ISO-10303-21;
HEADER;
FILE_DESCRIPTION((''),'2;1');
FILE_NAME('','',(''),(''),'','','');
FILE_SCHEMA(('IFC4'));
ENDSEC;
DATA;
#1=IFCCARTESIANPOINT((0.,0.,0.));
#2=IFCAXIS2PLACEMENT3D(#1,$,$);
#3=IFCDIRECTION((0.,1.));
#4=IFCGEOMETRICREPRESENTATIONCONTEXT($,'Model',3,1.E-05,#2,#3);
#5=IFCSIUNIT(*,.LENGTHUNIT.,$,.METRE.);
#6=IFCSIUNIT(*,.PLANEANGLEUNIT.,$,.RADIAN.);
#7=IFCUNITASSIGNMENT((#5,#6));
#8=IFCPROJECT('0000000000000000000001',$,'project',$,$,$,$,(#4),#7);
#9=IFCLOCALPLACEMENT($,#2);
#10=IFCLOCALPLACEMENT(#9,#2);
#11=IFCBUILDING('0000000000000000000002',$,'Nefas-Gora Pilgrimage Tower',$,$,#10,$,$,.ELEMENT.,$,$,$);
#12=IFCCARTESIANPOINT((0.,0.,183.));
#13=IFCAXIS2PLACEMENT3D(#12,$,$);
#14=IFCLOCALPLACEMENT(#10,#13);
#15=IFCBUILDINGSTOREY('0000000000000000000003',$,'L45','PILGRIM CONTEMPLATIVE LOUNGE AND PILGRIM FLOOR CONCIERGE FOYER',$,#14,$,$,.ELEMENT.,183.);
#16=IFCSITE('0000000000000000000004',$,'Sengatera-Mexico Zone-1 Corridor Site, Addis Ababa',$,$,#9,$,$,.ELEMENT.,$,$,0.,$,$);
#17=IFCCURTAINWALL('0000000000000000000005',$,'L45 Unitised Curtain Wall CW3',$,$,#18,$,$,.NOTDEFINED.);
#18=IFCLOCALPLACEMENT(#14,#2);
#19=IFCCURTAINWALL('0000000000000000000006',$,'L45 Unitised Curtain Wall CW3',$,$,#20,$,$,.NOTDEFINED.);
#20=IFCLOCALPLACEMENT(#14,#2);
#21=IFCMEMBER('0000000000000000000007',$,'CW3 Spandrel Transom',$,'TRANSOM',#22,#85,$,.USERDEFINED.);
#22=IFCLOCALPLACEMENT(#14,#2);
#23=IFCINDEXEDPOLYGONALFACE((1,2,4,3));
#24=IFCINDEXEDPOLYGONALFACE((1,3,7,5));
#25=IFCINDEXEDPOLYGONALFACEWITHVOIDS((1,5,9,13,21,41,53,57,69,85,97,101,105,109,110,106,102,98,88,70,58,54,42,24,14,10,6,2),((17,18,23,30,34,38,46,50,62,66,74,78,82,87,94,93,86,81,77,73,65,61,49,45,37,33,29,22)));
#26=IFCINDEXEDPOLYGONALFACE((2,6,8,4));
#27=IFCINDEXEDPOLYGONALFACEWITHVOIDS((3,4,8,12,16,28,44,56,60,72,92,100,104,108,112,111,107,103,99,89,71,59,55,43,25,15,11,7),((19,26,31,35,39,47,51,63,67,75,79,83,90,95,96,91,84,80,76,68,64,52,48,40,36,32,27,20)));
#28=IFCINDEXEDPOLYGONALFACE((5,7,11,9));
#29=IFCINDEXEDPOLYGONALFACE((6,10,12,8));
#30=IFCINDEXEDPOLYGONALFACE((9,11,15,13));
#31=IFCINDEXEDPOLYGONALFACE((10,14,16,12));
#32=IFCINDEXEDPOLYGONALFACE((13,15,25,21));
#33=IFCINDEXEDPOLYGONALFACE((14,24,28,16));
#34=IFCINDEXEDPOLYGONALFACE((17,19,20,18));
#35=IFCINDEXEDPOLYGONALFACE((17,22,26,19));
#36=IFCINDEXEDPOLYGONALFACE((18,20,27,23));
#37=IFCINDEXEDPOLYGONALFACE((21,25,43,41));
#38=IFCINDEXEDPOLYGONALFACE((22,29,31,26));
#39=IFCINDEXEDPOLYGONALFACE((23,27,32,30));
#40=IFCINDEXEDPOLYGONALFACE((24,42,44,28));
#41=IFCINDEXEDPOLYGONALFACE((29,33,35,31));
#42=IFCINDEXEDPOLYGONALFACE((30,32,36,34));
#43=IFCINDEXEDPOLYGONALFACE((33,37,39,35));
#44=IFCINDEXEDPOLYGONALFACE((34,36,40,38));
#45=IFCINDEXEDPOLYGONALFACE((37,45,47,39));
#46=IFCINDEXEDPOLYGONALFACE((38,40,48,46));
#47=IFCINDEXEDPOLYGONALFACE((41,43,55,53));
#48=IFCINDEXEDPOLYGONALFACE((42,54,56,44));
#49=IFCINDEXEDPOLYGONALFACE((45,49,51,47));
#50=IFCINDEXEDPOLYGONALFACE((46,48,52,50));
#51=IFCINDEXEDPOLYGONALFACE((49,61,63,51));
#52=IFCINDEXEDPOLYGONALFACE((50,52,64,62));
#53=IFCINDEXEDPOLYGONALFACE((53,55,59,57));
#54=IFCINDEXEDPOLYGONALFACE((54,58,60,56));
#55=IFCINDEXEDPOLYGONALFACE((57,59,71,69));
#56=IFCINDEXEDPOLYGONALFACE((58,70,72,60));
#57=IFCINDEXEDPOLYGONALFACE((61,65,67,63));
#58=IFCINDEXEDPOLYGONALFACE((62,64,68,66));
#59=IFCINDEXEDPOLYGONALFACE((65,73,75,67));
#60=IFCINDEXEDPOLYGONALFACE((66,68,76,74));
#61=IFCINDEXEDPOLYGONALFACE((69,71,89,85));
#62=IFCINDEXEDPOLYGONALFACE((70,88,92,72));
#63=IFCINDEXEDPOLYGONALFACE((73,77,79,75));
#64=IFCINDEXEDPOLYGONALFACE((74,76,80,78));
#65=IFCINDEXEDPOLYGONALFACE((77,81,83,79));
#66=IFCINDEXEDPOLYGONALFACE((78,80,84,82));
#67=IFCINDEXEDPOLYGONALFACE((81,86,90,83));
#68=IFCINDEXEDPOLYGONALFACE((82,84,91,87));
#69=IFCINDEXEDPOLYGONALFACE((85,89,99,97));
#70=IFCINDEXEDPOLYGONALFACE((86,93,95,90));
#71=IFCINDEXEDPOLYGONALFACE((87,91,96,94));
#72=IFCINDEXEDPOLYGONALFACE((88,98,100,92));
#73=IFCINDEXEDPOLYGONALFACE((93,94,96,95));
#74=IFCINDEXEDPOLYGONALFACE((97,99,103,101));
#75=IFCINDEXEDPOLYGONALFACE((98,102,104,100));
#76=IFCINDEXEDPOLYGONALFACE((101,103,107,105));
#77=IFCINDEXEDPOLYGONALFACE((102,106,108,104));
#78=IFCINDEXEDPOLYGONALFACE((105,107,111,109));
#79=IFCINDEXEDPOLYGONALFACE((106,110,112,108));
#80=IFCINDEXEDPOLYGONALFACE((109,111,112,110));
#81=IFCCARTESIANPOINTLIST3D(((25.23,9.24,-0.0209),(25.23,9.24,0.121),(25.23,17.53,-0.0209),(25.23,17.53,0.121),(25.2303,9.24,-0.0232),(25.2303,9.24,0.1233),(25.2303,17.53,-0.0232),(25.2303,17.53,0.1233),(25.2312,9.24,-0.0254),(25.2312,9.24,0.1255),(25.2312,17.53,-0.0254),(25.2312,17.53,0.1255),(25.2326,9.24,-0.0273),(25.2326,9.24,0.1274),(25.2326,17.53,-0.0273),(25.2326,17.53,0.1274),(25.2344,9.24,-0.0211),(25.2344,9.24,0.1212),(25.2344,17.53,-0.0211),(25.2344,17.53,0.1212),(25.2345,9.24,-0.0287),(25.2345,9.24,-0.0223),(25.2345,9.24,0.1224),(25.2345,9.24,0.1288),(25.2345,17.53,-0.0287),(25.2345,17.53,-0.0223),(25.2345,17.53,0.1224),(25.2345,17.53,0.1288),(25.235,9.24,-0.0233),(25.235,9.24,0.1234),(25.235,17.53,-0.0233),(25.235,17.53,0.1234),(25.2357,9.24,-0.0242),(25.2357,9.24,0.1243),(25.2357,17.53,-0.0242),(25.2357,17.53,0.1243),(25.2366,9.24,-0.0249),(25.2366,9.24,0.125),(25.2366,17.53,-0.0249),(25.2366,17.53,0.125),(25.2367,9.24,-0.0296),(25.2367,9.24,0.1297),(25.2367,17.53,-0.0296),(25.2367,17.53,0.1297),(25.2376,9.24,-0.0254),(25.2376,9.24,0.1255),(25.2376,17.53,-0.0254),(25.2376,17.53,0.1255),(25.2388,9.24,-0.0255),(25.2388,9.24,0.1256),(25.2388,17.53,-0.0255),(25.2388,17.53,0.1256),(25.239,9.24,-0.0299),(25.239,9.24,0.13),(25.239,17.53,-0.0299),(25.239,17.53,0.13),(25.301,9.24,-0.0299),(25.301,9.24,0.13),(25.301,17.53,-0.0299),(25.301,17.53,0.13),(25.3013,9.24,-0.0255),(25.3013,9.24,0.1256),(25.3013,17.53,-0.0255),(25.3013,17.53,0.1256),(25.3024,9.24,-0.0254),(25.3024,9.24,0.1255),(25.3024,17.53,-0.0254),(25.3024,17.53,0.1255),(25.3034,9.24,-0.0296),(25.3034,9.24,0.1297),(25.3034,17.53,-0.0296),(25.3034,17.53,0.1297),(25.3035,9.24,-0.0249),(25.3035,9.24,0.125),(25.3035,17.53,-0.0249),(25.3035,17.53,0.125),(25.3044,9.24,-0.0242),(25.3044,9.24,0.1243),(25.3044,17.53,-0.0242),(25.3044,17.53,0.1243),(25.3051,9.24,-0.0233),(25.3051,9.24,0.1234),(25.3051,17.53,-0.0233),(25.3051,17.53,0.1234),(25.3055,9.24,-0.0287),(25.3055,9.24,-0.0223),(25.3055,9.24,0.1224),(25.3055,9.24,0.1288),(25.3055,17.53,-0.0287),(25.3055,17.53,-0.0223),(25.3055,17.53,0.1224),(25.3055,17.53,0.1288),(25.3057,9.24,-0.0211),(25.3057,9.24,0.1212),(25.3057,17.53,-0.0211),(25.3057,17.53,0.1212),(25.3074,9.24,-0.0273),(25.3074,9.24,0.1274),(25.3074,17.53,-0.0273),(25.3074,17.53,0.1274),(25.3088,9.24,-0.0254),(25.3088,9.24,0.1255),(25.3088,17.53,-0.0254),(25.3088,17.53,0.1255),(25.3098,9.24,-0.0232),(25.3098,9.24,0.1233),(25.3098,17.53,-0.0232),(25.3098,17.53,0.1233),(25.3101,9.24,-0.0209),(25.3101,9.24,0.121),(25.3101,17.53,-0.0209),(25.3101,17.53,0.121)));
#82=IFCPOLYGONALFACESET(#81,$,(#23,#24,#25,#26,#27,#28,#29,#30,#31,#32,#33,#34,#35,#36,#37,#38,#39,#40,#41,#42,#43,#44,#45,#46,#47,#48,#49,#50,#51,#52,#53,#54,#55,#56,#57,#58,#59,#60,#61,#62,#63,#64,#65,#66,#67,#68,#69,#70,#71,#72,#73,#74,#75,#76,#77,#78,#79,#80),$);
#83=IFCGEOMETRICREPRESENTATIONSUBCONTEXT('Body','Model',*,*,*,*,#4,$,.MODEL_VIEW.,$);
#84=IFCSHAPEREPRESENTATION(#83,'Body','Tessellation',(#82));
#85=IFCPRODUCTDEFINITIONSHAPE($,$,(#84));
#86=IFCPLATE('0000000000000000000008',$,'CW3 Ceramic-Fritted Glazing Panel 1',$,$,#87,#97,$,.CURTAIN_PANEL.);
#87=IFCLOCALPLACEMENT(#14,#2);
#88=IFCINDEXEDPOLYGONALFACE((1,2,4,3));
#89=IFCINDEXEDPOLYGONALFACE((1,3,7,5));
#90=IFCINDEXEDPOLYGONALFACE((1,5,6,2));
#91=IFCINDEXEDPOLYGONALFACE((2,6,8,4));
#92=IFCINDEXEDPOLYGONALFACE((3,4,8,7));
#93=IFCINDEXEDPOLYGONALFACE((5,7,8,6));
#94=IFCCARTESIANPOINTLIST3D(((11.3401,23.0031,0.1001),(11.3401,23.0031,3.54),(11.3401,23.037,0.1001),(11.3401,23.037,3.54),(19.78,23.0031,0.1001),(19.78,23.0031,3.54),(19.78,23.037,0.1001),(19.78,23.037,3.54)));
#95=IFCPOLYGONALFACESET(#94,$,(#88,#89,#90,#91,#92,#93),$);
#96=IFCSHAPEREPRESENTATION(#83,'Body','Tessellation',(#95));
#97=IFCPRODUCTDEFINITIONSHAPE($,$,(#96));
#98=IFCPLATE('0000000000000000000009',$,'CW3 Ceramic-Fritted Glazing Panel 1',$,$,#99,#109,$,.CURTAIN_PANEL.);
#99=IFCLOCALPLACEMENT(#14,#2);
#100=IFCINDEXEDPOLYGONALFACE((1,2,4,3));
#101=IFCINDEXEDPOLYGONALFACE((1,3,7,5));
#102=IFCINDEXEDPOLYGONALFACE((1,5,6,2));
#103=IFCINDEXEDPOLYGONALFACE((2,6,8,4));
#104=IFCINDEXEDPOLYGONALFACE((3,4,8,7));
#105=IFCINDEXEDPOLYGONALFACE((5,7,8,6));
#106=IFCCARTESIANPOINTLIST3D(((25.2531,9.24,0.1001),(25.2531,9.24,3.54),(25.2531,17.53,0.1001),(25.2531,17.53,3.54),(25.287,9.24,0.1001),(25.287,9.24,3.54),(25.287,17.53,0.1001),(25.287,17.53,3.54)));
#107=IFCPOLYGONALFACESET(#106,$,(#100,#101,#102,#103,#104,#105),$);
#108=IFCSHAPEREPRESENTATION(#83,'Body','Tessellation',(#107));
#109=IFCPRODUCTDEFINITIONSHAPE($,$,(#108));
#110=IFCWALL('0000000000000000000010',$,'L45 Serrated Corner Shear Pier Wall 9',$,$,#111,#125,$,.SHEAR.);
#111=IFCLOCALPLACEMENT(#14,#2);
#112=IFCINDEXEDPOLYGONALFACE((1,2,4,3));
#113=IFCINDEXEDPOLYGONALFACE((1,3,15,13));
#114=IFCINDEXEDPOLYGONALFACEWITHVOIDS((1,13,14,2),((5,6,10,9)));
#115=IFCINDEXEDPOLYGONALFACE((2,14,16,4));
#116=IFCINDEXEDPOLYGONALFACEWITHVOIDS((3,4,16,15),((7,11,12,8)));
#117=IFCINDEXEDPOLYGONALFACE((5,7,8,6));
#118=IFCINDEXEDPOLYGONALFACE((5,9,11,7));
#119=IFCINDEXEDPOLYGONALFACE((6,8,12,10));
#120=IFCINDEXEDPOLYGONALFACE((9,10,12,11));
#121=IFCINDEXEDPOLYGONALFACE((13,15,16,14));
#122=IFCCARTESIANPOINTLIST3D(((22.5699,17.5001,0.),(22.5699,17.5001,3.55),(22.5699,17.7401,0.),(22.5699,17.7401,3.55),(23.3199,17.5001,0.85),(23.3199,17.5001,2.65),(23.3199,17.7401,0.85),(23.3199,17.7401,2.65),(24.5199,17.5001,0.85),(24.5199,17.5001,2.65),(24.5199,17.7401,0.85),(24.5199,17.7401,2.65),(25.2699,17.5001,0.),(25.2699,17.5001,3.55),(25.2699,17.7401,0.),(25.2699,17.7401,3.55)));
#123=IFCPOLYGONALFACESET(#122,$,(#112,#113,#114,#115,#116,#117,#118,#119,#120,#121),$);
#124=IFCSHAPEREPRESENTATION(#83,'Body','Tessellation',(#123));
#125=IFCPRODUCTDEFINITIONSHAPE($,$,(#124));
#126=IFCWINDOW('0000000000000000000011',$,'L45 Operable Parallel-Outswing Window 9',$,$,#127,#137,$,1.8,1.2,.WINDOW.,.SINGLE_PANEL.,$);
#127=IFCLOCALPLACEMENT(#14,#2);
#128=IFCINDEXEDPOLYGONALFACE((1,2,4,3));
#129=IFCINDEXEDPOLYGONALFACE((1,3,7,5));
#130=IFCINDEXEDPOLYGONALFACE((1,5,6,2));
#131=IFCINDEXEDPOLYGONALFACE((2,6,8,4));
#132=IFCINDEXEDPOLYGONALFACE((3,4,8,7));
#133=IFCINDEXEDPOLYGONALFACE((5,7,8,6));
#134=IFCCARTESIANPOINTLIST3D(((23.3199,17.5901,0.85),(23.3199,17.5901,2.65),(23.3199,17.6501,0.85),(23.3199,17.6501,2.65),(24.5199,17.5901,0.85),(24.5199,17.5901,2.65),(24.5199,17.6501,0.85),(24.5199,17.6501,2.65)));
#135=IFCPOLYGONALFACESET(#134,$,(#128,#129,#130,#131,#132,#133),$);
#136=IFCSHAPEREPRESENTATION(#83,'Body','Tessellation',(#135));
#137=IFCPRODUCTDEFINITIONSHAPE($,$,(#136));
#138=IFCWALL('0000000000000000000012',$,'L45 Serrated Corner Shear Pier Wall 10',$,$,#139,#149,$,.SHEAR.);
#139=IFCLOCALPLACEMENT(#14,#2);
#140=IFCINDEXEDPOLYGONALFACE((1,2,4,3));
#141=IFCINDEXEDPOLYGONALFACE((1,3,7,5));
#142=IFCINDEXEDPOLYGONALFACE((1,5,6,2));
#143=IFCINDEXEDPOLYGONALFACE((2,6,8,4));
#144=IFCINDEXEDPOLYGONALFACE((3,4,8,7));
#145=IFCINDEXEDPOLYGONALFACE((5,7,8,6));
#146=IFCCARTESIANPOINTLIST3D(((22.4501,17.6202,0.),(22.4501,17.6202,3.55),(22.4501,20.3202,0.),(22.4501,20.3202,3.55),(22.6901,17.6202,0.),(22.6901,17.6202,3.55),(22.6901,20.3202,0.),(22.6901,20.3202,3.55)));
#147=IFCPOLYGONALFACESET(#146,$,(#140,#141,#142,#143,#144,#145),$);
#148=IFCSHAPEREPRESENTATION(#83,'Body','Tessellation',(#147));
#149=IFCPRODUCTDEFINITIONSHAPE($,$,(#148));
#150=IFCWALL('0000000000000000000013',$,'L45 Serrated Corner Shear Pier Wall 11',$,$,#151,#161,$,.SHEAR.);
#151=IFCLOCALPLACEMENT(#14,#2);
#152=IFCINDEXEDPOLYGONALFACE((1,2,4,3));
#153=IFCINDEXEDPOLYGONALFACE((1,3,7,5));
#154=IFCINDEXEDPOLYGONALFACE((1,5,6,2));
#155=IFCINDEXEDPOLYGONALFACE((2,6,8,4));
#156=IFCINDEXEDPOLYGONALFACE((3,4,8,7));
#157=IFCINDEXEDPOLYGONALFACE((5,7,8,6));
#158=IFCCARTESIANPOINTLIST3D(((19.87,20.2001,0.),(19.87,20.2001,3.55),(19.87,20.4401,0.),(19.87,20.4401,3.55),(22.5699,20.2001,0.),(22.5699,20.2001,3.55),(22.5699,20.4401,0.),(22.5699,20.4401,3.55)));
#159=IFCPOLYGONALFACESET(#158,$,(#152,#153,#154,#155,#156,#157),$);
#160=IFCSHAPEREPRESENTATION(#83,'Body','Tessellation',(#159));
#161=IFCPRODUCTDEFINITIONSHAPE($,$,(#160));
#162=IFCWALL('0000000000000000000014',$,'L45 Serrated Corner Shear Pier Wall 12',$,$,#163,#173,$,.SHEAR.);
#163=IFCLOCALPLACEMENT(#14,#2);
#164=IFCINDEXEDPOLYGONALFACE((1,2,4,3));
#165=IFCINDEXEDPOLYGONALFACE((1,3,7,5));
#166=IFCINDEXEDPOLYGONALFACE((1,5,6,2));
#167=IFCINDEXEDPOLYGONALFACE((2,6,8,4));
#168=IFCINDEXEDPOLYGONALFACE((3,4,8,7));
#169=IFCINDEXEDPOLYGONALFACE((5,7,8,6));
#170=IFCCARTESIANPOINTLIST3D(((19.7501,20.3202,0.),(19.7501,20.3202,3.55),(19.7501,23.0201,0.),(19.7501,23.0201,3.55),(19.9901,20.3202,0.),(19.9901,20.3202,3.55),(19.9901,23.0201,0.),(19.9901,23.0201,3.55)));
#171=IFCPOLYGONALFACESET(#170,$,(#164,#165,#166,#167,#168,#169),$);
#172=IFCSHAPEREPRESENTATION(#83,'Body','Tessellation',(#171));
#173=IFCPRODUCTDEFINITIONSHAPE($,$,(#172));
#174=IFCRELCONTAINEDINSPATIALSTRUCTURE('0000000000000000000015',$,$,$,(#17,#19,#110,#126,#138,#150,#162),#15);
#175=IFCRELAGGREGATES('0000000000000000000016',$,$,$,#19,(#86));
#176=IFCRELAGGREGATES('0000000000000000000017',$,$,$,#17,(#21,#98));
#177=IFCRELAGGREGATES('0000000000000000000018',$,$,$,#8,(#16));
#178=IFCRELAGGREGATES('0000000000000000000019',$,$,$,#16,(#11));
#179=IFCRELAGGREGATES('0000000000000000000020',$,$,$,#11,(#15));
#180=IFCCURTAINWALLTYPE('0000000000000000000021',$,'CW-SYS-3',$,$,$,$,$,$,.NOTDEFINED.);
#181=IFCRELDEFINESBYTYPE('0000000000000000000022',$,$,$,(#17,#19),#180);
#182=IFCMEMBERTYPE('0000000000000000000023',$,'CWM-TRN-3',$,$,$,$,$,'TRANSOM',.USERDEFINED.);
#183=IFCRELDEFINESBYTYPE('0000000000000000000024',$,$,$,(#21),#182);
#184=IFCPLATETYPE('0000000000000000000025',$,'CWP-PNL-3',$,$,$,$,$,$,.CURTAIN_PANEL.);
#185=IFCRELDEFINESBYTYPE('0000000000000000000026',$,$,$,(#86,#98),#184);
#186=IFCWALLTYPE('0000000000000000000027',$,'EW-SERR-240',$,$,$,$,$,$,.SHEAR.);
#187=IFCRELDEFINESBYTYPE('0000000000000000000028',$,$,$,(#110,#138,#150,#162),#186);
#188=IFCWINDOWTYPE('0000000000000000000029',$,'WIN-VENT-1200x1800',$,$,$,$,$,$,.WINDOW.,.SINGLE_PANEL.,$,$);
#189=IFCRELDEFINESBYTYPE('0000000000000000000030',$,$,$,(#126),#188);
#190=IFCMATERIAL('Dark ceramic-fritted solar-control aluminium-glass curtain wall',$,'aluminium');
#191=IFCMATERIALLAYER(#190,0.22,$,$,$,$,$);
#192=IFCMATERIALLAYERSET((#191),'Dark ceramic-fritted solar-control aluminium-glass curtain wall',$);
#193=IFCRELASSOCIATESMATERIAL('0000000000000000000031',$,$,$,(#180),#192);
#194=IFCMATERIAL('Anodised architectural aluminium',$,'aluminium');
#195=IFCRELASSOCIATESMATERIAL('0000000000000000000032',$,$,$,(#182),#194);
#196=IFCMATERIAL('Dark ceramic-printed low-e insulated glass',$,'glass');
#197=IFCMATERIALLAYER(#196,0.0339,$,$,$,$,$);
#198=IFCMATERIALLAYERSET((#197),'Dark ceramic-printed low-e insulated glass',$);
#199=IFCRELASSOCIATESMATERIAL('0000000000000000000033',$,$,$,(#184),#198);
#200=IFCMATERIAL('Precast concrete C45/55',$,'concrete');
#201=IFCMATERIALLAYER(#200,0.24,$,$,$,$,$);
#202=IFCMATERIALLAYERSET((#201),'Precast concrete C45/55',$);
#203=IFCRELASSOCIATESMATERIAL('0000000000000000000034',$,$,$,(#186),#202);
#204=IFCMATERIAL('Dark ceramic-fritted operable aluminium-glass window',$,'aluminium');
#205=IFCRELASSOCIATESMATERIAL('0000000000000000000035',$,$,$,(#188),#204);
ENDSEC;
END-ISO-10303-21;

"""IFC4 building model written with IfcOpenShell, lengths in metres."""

from ifc_helpers import new_model, si_unit, direction, frame, frame_2d, origin, origin_2d, place, context, subcontext, project, spatial, rectangle, hollow_rectangle, extrude, source, transform, mapped, material, layer, layer_set, material_profile, profile_set, type_object, element, fill, aggregate, save


model = new_model("IFC4")

# Units and contexts
model_context = context("Model", 3, precision=1e-05, world=origin(), true_north=direction((0.0, 1.0)))
body_context = subcontext(model_context, "Body", "Model", "MODEL_VIEW")
ifc_project = project(units=[si_unit("LENGTHUNIT", "METRE"), si_unit("PLANEANGLEUNIT", "RADIAN")], contexts=[model_context])

# Site, building, storey
site_placement = place(None, origin())
site = spatial("IfcSite", under=ifc_project, at=site_placement, Name="Sengatera-Mexico Zone-1 Corridor Site, Addis Ababa", CompositionType="ELEMENT", RefElevation=0.0)
building_placement = place(site_placement, origin())
building = spatial("IfcBuilding", under=site, at=building_placement, Name="Nefas-Gora Pilgrimage Tower", CompositionType="ELEMENT")
storey_placement = place(building_placement, frame((0.0, 0.0, 183.0)))
storey = spatial("IfcBuildingStorey", under=building, at=storey_placement, Name="L45", Description="PILGRIM CONTEMPLATIVE LOUNGE AND PILGRIM FLOOR CONCIERGE FOYER", CompositionType="ELEMENT", Elevation=183.0)

# Curtain walls
ifc_material_1 = material(Name="Dark ceramic-fritted solar-control aluminium-glass curtain wall", Category="aluminium")
ifc_layer_1 = layer(ifc_material_1, 0.22)
ifc_layer_set_1 = layer_set([ifc_layer_1], Name="Dark ceramic-fritted solar-control aluminium-glass curtain wall")
curtain_wall_type = type_object("IfcCurtainWallType", Name="CW-SYS-3", PredefinedType="NOTDEFINED", material=ifc_layer_set_1)
curtain_wall_1_placement = place(storey_placement, origin())
curtain_wall_1 = element("IfcCurtainWall", 1, at=curtain_wall_1_placement, inside=storey, type_object=curtain_wall_type, Name="L45 Unitised Curtain Wall CW3", PredefinedType="NOTDEFINED")
ifc_material_2 = material(Name="Anodised architectural aluminium", Category="aluminium")
curtain_wall_2_placement = place(storey_placement, origin())
curtain_wall_2 = element("IfcCurtainWall", 2, at=curtain_wall_2_placement, inside=storey, type_object=curtain_wall_type, Name="L45 Unitised Curtain Wall CW3", PredefinedType="NOTDEFINED")
ifc_material_profile_1 = material_profile(ifc_material_2, hollow_rectangle(XDim=0.0801, YDim=0.1599, WallThickness=0.0044, InnerFilletRadius=0.0044, OuterFilletRadius=0.009, at=origin_2d()), Name="ALU TRANSOM 80x160")
ifc_profile_set_1 = profile_set([ifc_material_profile_1], Name="Anodised architectural aluminium")
member_type_1 = type_object("IfcMemberType", Name="CWM-TRN-3", ElementType="TRANSOM", PredefinedType="USERDEFINED", material=ifc_profile_set_1)

# Member
shared_shape_1 = source(origin(), body_context, "Body", "SweptSolid", [
    extrude(hollow_rectangle(XDim=0.0801, YDim=0.1599, WallThickness=0.0044, InnerFilletRadius=0.0044, OuterFilletRadius=0.009, at=origin_2d()), origin(), (0.0, 0.0, 1.0), 8.29),
])
member_1_placement = place(storey_placement, frame((25.27, 9.24, 0.05), z_axis=(0.0, 1.0, 0.0), x_axis=(-1.0, 0.0, 0.0)))
member_1 = element("IfcMember", 3, at=member_1_placement, type_object=member_type_1, Name="CW3 Spandrel Transom", ObjectType="TRANSOM", PredefinedType="USERDEFINED", context=body_context, shape_type="MappedRepresentation", body=[
    mapped(shared_shape_1, transform((0.0, 0.0, 0.0), x_axis=(1.0, 0.0, 0.0), y_axis=(0.0, 1.0, 0.0), z_axis=(0.0, 0.0, 1.0), scale=1.0)),
])

# Plates
ifc_material_3 = material(Name="Dark ceramic-printed low-e insulated glass", Category="glass")
ifc_layer_2 = layer(ifc_material_3, 0.0339)
ifc_layer_set_2 = layer_set([ifc_layer_2], Name="Dark ceramic-printed low-e insulated glass")
plate_type = type_object("IfcPlateType", Name="CWP-PNL-3", PredefinedType="CURTAIN_PANEL", material=ifc_layer_set_2)
shared_shape_2 = source(origin(), body_context, "Body", "SweptSolid", [
    extrude(rectangle(XDim=8.4399, YDim=0.0339, at=origin_2d()), origin(), (0.0, 0.0, 1.0), 3.4399),
])
plate_1_placement = place(storey_placement, frame((15.5601, 23.02, 0.1001), z_axis=(0.0, 0.0, 1.0), x_axis=(-1.0, 0.0, 0.0)))
plate_1 = element("IfcPlate", 4, at=plate_1_placement, type_object=plate_type, Name="CW3 Ceramic-Fritted Glazing Panel 1", PredefinedType="CURTAIN_PANEL", context=body_context, shape_type="MappedRepresentation", body=[
    mapped(shared_shape_2, transform((0.0, 0.0, 0.0), x_axis=(1.0, 0.0, 0.0), y_axis=(0.0, 1.0, 0.0), z_axis=(0.0, 0.0, 1.0), scale=1.0)),
])
aggregate(curtain_wall_2, [plate_1])
shared_shape_3 = source(origin(), body_context, "Body", "SweptSolid", [
    extrude(rectangle(XDim=8.29, YDim=0.0339, at=origin_2d()), origin(), (0.0, 0.0, 1.0), 3.4399),
])
plate_2_placement = place(storey_placement, frame((25.27, 13.385, 0.1001), z_axis=(0.0, 0.0, 1.0), x_axis=(0.0, 1.0, 0.0)))
plate_2 = element("IfcPlate", 5, at=plate_2_placement, type_object=plate_type, Name="CW3 Ceramic-Fritted Glazing Panel 1", PredefinedType="CURTAIN_PANEL", context=body_context, shape_type="MappedRepresentation", body=[
    mapped(shared_shape_3, transform((0.0, 0.0, 0.0), x_axis=(1.0, 0.0, 0.0), y_axis=(0.0, 1.0, 0.0), z_axis=(0.0, 0.0, 1.0), scale=1.0)),
])
aggregate(curtain_wall_1, [member_1, plate_2])

# Wall, opening, window
ifc_material_4 = material(Name="Precast concrete C45/55", Category="concrete")
ifc_layer_3 = layer(ifc_material_4, 0.24)
ifc_layer_set_3 = layer_set([ifc_layer_3], Name="Precast concrete C45/55")
wall_type_1 = type_object("IfcWallType", Name="EW-SERR-240", PredefinedType="SHEAR", material=ifc_layer_set_3)
shared_shape_4 = source(origin(), body_context, "Body", "SweptSolid", [
    extrude(rectangle(XDim=2.7, YDim=0.24, at=frame_2d((1.3501, 0.0))), origin(), (0.0, 0.0, 1.0), 3.55),
])
wall_1_placement = place(storey_placement, frame((25.27, 17.6201, 0.0), z_axis=(0.0, 0.0, 1.0), x_axis=(-1.0, 0.0, 0.0)))
wall_1 = element("IfcWall", 6, at=wall_1_placement, inside=storey, type_object=wall_type_1, Name="L45 Serrated Corner Shear Pier Wall 9", PredefinedType="SHEAR", context=body_context, shape_type="MappedRepresentation", body=[
    mapped(shared_shape_4, transform((0.0, 0.0, 0.0), x_axis=(1.0, 0.0, 0.0), y_axis=(0.0, 1.0, 0.0), z_axis=(0.0, 0.0, 1.0), scale=1.0)),
])
opening_placement = place(wall_1_placement, frame((0.75, 0.0, 0.8501)))
opening = element("IfcOpeningElement", 7, at=opening_placement, cuts=wall_1, PredefinedType="OPENING", context=body_context, shape_type="SweptSolid", body=[
    extrude(rectangle(XDim=1.2, YDim=1.8, at=frame_2d((0.6001, 0.8999))), frame((0.0, 0.1299, 0.0), z_axis=(0.0, -1.0, 0.0), x_axis=(1.0, 0.0, 0.0)), (0.0, 0.0, 1.0), 0.26),
])
ifc_material_5 = material(Name="Dark ceramic-fritted operable aluminium-glass window", Category="aluminium")
window_type = type_object("IfcWindowType", Name="WIN-VENT-1200x1800", PartitioningType="SINGLE_PANEL", PredefinedType="WINDOW", material=ifc_material_5)
shared_shape_5 = source(origin(), body_context, "Body", "SweptSolid", [
    extrude(rectangle(XDim=1.2, YDim=1.8, at=frame_2d((0.6001, 0.8999))), frame((0.0, 0.03, 0.0), z_axis=(0.0, -1.0, 0.0), x_axis=(1.0, 0.0, 0.0)), (0.0, 0.0, 1.0), 0.0601),
])
window_placement = place(opening_placement, origin())
window = element("IfcWindow", 8, at=window_placement, inside=storey, type_object=window_type, Name="L45 Operable Parallel-Outswing Window 9", OverallHeight=1.8, OverallWidth=1.2, PartitioningType="SINGLE_PANEL", PredefinedType="WINDOW", context=body_context, shape_type="MappedRepresentation", body=[
    mapped(shared_shape_5, transform((0.0, 0.0, 0.0), x_axis=(1.0, 0.0, 0.0), y_axis=(0.0, 1.0, 0.0), z_axis=(0.0, 0.0, 1.0), scale=1.0)),
])
fill(opening, window)

# Walls
for number, where, z_axis, x_axis, name in (
    (9, (22.5701, 17.6201, 0.0), (0.0, 0.0, 1.0), (0.0, 1.0, 0.0), "L45 Serrated Corner Shear Pier Wall 10"),
    (10, (22.5701, 20.3201, 0.0), (0.0, 0.0, 1.0), (-1.0, 0.0, 0.0), "L45 Serrated Corner Shear Pier Wall 11"),
    (11, (19.8701, 20.3201, 0.0), (0.0, 0.0, 1.0), (0.0, 1.0, 0.0), "L45 Serrated Corner Shear Pier Wall 12"),
):
    element("IfcWall", number, at=place(storey_placement, frame(where, z_axis=z_axis, x_axis=x_axis)), inside=storey, type_object=wall_type_1, Name=name, PredefinedType="SHEAR", context=body_context, shape_type="MappedRepresentation", body=[
        mapped(shared_shape_4, transform((0.0, 0.0, 0.0), x_axis=(1.0, 0.0, 0.0), y_axis=(0.0, 1.0, 0.0), z_axis=(0.0, 0.0, 1.0), scale=1.0)),
    ])

save(model, "model.ifc")
